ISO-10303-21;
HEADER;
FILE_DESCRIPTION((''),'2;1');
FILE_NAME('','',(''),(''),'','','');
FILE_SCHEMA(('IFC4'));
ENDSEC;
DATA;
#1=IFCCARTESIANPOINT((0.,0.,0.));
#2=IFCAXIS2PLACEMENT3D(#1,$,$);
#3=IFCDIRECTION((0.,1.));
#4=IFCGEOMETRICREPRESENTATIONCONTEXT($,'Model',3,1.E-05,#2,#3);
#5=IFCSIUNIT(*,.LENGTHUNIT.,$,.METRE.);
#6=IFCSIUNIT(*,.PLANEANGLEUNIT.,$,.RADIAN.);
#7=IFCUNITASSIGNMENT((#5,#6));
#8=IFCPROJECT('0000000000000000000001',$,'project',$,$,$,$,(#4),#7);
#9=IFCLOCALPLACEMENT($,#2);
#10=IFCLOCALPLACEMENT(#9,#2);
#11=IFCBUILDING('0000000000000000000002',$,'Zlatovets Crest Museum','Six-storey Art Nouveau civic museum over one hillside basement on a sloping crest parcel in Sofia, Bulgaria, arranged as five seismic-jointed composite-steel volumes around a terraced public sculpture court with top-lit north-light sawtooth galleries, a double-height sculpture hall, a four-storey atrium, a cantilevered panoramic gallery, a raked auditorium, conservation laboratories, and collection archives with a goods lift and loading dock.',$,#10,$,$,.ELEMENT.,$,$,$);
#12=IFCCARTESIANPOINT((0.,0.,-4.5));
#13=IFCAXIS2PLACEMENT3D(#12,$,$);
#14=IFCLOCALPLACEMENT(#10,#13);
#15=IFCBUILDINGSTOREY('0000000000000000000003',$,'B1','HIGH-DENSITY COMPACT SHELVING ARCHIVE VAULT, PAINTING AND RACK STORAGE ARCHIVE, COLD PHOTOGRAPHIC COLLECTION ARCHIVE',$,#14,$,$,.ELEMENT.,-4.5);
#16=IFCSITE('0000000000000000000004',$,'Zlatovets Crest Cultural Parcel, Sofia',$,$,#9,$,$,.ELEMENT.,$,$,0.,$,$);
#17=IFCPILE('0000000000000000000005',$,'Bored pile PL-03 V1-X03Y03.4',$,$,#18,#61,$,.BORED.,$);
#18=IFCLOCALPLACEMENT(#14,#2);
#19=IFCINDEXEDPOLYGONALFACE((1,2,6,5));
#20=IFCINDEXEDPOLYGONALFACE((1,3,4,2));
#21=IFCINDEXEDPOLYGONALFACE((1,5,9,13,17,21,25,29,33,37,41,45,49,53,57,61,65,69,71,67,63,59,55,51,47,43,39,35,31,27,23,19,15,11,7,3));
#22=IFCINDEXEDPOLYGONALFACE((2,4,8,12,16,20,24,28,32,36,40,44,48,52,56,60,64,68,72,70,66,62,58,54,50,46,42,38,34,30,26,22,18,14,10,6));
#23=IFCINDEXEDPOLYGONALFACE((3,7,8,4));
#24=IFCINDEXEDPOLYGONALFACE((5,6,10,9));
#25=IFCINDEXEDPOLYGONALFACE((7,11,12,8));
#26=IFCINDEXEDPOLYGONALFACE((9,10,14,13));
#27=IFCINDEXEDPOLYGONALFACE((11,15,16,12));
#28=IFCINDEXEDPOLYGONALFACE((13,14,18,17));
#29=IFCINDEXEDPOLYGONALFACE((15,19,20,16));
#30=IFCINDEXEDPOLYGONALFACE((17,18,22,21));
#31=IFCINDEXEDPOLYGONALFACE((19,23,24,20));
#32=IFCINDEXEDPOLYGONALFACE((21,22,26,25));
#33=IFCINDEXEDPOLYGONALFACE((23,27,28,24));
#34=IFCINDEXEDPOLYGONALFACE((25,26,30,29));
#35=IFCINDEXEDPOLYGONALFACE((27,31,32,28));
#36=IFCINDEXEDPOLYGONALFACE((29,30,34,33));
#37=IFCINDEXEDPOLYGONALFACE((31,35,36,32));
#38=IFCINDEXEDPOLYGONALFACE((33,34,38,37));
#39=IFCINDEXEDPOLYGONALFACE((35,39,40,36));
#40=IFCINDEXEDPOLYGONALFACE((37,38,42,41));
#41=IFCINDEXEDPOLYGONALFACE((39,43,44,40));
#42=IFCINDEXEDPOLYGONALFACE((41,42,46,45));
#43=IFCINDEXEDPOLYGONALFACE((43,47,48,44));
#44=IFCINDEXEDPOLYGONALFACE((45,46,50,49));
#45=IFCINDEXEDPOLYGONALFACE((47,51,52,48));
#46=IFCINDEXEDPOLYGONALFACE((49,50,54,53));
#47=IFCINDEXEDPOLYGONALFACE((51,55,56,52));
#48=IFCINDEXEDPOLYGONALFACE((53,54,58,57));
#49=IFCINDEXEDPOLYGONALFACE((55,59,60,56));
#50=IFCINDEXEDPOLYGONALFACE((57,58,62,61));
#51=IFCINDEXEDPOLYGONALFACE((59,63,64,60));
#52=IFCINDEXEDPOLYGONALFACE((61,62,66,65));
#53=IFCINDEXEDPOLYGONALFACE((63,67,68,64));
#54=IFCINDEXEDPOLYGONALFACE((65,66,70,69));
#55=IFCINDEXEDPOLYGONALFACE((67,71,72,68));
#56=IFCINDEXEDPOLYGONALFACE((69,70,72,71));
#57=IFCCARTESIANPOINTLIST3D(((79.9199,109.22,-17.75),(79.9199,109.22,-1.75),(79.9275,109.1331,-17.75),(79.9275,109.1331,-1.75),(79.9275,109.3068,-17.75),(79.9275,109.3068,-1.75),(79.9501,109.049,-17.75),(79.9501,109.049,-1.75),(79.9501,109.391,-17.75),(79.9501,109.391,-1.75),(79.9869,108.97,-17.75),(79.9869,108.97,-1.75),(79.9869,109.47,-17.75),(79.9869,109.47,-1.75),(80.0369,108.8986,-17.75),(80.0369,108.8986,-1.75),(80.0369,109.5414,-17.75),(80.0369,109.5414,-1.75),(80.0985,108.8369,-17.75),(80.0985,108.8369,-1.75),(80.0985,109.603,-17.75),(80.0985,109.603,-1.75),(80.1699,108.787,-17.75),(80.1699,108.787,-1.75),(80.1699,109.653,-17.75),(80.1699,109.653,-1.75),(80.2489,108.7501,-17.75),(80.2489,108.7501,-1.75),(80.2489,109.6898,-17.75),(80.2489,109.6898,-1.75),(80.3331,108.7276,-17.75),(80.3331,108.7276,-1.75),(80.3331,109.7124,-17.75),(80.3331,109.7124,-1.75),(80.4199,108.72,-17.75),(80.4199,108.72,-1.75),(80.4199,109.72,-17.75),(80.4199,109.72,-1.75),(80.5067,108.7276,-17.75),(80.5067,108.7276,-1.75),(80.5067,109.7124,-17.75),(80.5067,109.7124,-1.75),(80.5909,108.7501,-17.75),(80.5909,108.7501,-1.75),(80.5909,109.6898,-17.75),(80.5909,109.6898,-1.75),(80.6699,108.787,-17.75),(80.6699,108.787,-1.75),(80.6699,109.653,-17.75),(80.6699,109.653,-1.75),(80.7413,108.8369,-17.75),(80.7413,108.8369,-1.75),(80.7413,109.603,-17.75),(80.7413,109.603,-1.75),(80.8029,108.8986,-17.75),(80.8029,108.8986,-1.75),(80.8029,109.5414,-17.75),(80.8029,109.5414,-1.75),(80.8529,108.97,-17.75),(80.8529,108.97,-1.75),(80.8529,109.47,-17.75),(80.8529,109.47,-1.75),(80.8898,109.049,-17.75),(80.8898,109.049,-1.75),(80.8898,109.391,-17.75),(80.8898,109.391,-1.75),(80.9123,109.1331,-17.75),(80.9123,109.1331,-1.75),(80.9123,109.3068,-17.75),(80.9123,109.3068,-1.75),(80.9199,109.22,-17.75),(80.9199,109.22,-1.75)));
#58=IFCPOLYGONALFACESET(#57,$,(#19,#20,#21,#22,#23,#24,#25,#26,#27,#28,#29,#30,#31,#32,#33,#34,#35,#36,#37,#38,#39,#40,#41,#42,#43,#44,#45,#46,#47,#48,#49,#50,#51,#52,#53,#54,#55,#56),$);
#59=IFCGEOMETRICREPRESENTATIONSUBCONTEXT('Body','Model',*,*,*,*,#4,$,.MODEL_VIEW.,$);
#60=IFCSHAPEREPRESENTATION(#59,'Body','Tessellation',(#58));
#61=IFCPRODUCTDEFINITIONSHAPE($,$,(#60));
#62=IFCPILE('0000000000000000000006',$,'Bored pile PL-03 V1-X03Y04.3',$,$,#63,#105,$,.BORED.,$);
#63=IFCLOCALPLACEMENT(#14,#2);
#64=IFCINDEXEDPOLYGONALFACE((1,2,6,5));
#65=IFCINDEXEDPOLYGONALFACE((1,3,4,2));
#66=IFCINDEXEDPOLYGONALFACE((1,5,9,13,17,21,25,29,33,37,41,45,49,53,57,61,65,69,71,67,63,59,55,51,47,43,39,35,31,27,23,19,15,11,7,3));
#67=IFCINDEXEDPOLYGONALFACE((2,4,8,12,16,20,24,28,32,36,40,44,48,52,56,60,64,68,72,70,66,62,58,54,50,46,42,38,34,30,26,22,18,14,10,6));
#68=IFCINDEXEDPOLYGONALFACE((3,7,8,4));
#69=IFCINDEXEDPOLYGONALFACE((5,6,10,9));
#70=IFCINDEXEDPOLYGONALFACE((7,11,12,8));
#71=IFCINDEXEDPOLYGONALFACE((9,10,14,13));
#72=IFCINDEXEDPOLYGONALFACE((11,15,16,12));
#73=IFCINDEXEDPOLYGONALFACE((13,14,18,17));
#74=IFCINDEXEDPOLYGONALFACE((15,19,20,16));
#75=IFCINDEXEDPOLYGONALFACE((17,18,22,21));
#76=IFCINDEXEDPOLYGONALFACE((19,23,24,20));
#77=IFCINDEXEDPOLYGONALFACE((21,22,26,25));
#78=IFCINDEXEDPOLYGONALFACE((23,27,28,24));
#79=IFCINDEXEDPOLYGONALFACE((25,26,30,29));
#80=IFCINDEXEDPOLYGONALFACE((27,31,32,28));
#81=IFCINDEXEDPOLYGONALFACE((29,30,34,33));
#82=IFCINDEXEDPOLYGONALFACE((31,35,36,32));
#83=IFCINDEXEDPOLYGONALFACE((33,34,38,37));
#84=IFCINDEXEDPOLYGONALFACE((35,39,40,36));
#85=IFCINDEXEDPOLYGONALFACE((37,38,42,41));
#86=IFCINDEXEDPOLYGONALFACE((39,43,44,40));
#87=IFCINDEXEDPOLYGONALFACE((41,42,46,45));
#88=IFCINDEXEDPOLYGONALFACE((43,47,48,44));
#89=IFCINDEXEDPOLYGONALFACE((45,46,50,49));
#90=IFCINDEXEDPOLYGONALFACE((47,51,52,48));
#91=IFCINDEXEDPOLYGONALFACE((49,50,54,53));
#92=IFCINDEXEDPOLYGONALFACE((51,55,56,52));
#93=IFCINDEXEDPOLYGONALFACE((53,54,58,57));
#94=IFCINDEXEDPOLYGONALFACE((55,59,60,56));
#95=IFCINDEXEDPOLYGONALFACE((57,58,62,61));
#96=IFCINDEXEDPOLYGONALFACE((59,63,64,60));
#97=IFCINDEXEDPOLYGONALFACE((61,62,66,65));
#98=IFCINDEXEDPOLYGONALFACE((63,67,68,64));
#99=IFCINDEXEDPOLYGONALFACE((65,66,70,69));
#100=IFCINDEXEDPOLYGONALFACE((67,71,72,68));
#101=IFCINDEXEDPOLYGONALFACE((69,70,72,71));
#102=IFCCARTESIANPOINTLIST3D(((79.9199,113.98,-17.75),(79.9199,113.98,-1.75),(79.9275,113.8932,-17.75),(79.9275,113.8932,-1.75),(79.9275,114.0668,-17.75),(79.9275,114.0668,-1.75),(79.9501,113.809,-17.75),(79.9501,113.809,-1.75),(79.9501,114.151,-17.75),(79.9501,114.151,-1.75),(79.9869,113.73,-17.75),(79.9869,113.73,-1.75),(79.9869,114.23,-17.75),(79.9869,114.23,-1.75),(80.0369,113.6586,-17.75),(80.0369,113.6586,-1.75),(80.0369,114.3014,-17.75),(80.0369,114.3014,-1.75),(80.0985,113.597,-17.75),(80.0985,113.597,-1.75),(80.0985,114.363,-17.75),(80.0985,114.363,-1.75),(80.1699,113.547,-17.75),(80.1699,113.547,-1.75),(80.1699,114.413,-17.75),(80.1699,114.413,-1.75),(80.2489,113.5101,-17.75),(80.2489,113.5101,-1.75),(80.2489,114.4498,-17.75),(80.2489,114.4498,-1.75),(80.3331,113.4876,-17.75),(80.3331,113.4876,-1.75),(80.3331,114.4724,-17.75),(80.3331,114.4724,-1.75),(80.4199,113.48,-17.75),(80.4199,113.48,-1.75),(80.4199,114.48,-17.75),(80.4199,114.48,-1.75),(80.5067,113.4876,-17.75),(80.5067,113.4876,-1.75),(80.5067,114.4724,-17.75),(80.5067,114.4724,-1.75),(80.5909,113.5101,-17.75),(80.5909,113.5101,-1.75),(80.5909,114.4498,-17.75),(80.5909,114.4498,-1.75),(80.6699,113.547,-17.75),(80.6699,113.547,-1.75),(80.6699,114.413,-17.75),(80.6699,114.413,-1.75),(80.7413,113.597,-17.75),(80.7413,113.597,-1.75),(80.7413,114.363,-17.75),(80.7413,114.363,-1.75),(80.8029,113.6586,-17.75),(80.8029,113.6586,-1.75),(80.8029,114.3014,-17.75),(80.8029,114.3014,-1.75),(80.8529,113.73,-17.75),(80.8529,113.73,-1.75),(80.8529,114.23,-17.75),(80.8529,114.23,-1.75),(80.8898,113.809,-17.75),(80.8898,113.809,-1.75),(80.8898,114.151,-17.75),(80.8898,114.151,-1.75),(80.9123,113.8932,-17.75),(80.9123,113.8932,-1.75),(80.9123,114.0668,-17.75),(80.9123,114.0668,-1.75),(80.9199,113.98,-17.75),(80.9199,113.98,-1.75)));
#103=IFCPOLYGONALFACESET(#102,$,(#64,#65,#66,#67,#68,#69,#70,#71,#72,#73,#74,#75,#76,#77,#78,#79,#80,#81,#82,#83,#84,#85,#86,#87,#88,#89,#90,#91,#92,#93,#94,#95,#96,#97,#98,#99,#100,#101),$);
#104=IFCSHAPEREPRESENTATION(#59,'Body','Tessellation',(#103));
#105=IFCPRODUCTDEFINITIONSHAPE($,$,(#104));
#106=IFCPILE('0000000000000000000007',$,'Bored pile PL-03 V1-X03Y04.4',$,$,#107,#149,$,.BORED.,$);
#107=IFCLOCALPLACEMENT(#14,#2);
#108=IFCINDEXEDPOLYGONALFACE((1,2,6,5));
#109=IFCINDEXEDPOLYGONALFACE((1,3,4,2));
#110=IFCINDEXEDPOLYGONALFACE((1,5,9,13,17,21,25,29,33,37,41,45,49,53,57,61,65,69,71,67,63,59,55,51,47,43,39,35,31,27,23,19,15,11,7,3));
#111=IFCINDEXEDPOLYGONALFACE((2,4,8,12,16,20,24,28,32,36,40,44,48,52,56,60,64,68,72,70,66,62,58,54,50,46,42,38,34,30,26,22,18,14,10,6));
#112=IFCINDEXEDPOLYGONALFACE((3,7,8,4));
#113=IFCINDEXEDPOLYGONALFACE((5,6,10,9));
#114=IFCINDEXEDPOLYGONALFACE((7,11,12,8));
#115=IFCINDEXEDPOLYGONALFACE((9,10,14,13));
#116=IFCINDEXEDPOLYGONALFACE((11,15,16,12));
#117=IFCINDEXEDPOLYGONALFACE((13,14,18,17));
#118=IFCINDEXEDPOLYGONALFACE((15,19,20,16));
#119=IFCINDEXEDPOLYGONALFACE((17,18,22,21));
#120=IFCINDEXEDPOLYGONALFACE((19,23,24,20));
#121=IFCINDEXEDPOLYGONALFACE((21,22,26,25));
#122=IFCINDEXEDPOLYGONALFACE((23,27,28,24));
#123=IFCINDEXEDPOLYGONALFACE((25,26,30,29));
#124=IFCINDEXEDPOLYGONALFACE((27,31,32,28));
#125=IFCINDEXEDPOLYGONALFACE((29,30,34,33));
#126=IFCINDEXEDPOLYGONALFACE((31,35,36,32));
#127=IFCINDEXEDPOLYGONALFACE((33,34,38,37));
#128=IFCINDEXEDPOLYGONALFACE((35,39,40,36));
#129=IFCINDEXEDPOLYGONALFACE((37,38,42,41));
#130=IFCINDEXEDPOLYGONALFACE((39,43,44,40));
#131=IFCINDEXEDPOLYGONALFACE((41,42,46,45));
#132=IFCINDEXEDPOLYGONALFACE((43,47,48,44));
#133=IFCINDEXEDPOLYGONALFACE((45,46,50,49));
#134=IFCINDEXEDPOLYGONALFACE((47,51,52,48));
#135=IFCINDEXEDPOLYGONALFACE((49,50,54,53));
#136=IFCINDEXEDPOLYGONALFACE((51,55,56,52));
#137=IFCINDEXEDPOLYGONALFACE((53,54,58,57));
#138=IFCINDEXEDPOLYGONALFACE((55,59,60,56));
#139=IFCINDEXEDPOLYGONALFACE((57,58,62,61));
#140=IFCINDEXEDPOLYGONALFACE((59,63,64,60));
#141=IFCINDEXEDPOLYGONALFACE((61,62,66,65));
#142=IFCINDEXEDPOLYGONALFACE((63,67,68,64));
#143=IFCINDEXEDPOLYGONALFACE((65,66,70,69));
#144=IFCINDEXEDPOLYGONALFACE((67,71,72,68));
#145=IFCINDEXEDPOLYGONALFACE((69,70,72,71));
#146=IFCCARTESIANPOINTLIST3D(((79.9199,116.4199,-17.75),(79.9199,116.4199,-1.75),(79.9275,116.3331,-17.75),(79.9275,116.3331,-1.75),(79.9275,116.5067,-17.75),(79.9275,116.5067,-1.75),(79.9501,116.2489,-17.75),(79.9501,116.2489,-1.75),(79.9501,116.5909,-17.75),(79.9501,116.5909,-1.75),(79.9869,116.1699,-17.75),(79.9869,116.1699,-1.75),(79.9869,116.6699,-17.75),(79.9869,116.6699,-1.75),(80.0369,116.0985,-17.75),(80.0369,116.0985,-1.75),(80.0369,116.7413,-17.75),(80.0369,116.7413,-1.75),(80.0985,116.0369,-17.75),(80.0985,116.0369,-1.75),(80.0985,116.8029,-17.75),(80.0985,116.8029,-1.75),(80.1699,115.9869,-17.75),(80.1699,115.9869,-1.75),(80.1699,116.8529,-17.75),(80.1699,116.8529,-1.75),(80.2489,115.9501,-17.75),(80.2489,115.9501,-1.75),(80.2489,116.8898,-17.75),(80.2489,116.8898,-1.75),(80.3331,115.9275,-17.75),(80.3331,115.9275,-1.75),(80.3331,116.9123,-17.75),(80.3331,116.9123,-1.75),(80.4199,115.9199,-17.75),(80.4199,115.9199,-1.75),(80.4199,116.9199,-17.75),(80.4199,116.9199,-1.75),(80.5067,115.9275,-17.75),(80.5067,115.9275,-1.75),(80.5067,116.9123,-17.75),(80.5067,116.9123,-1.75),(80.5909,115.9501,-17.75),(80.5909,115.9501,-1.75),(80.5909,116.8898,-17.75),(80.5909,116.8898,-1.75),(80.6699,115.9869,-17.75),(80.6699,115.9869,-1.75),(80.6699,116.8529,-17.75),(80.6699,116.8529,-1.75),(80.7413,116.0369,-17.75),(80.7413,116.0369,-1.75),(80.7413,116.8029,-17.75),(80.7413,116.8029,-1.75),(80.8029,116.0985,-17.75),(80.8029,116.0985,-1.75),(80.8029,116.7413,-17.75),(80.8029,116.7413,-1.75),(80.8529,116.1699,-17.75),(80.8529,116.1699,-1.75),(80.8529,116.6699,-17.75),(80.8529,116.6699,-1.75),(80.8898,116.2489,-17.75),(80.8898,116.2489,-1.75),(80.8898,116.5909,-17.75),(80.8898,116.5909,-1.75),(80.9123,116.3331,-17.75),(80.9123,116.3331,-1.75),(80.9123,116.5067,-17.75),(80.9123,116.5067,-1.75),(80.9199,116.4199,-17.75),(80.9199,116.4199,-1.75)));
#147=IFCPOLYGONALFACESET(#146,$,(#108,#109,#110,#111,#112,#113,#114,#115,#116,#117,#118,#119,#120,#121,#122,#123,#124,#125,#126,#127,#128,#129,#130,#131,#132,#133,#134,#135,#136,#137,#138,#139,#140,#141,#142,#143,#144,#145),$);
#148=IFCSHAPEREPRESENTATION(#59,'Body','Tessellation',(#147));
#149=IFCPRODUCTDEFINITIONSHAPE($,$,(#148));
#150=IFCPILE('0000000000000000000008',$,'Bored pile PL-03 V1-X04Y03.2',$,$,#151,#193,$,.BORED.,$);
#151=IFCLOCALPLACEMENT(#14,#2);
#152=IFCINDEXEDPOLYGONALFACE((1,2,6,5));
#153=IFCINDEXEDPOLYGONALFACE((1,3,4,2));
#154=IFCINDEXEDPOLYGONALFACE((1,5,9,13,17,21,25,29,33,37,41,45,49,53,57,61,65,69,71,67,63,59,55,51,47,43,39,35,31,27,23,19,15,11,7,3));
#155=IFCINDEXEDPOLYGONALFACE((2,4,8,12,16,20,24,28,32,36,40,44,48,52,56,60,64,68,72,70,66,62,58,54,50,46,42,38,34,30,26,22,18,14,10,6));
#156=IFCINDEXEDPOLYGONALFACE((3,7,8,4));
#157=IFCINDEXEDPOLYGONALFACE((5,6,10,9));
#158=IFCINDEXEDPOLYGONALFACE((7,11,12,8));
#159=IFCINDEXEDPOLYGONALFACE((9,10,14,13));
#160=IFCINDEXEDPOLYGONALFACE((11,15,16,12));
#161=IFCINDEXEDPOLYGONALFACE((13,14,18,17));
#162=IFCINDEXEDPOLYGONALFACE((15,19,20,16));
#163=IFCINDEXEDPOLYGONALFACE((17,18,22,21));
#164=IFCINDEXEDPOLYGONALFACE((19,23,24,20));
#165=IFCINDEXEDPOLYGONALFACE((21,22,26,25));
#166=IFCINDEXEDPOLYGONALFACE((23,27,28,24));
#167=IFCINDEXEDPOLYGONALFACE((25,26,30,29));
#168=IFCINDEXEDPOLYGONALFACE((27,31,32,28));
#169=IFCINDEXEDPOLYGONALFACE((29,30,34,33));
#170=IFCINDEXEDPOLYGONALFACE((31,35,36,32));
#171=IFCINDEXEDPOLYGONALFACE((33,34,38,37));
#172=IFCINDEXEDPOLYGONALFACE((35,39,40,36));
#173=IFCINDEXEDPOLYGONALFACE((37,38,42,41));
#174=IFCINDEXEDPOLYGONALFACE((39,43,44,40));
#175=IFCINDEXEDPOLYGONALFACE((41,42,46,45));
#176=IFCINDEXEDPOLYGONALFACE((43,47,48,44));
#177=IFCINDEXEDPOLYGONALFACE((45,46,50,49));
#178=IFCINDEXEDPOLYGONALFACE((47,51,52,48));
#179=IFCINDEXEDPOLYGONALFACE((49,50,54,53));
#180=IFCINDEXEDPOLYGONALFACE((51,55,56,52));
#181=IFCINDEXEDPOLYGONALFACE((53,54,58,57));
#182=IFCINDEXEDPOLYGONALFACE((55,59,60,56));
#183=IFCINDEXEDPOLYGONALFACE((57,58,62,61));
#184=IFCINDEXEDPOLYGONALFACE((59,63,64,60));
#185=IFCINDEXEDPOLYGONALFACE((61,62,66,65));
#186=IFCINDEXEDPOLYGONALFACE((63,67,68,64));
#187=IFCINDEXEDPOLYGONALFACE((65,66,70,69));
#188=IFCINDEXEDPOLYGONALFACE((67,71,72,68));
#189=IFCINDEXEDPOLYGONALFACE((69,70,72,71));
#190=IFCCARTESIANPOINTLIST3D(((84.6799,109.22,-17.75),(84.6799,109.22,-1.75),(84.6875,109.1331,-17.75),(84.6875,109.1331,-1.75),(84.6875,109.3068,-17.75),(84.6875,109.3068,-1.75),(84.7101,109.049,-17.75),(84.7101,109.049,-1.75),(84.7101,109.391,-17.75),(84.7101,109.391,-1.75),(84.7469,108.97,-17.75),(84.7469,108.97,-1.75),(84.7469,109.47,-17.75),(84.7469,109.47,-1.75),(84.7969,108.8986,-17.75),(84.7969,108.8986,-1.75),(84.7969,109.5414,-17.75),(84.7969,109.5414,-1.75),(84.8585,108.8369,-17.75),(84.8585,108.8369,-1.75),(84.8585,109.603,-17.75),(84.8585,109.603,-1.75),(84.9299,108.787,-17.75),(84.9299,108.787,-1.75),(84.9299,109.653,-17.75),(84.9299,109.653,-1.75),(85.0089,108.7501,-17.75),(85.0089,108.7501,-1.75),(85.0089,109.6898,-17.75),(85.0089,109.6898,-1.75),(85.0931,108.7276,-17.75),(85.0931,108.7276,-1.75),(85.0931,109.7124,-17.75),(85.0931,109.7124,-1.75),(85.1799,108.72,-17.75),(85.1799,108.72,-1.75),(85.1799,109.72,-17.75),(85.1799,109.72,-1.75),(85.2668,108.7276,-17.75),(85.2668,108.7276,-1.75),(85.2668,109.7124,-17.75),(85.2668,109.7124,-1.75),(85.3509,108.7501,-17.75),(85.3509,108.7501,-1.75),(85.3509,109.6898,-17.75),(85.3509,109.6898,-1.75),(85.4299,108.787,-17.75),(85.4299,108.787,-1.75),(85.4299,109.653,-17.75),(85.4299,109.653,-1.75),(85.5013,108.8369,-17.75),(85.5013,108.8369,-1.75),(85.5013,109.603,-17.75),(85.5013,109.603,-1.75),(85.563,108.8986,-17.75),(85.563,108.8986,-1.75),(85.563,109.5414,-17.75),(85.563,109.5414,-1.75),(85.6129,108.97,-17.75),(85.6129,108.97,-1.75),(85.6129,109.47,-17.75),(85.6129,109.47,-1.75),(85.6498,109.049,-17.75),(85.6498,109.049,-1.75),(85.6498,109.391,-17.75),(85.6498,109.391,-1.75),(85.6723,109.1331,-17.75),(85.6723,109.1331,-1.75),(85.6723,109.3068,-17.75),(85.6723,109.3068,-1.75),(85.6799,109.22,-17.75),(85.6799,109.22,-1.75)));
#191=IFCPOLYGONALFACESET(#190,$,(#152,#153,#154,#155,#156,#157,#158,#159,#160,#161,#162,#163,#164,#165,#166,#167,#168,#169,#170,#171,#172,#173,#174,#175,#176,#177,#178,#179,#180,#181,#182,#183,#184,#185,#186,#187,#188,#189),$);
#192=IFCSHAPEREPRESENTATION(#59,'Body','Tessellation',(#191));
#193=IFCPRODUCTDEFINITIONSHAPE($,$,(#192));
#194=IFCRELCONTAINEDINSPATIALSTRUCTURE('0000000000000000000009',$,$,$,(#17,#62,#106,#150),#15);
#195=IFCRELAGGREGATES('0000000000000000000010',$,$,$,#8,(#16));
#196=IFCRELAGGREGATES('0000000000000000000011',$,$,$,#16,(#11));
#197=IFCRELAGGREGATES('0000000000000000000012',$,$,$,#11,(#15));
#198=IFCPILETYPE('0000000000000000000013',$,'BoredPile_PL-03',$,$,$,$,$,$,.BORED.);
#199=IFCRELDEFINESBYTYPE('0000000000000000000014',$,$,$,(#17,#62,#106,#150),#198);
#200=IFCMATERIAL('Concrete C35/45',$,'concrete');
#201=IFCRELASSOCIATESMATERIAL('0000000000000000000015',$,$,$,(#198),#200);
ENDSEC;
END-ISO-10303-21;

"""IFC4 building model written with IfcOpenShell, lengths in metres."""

from ifc_helpers import new_model, si_unit, direction, frame, origin, origin_2d, place, context, subcontext, project, spatial, circle, extrude, material, material_profile, profile_set, type_object, element, save


model = new_model("IFC4")

# Units and contexts
model_context = context("Model", 3, precision=1e-05, world=origin(), true_north=direction((0.0, 1.0)))
body_context = subcontext(model_context, "Body", "Model", "MODEL_VIEW")
ifc_project = project(units=[si_unit("LENGTHUNIT", "METRE"), si_unit("PLANEANGLEUNIT", "RADIAN")], contexts=[model_context])

# Site, building, storey
site_placement = place(None, origin())
site = spatial("IfcSite", under=ifc_project, at=site_placement, Name="Zlatovets Crest Cultural Parcel, Sofia", CompositionType="ELEMENT", RefElevation=0.0)
building_placement = place(site_placement, origin())
building = spatial("IfcBuilding", under=site, at=building_placement, Name="Zlatovets Crest Museum", Description="Six-storey Art Nouveau civic museum over one hillside basement on a sloping crest parcel in Sofia, Bulgaria, arranged as five seismic-jointed composite-steel volumes around a terraced public sculpture court with top-lit north-light sawtooth galleries, a double-height sculpture hall, a four-storey atrium, a cantilevered panoramic gallery, a raked auditorium, conservation laboratories, and collection archives with a goods lift and loading dock.", CompositionType="ELEMENT")
storey_placement = place(building_placement, frame((0.0, 0.0, -4.5)))
storey = spatial("IfcBuildingStorey", under=building, at=storey_placement, Name="B1", Description="HIGH-DENSITY COMPACT SHELVING ARCHIVE VAULT, PAINTING AND RACK STORAGE ARCHIVE, COLD PHOTOGRAPHIC COLLECTION ARCHIVE", CompositionType="ELEMENT", Elevation=-4.5)

# Piles
ifc_material = material(Name="Concrete C35/45", Category="concrete")
ifc_material_profile_1 = material_profile(ifc_material, circle(Radius=0.5, at=origin_2d()), Name="PILE D1000")
ifc_profile_set_1 = profile_set([ifc_material_profile_1], Name="Concrete C35/45")
pile_type = type_object("IfcPileType", Name="BoredPile_PL-03", PredefinedType="BORED", material=ifc_profile_set_1)
for number, where, z_axis, x_axis, name in (
    (1, (80.4199, 109.22, -1.75), (0.0, 0.0, -1.0), (1.0, 0.0, 0.0), "Bored pile PL-03 V1-X03Y03.4"),
    (2, (80.4199, 113.98, -1.75), (0.0, 0.0, -1.0), (1.0, 0.0, 0.0), "Bored pile PL-03 V1-X03Y04.3"),
    (3, (80.4199, 116.4199, -1.75), (0.0, 0.0, -1.0), (1.0, 0.0, 0.0), "Bored pile PL-03 V1-X03Y04.4"),
    (4, (85.1799, 109.22, -1.75), (0.0, 0.0, -1.0), (1.0, 0.0, 0.0), "Bored pile PL-03 V1-X04Y03.2"),
):
    element("IfcPile", number, at=place(storey_placement, frame(where, z_axis=z_axis, x_axis=x_axis)), inside=storey, type_object=pile_type, Name=name, PredefinedType="BORED", context=body_context, shape_type="SweptSolid", body=[
        extrude(circle(Radius=0.5, at=origin_2d()), origin(), (0.0, 0.0, 1.0), 16.0),
    ])

save(model, "model.ifc")
